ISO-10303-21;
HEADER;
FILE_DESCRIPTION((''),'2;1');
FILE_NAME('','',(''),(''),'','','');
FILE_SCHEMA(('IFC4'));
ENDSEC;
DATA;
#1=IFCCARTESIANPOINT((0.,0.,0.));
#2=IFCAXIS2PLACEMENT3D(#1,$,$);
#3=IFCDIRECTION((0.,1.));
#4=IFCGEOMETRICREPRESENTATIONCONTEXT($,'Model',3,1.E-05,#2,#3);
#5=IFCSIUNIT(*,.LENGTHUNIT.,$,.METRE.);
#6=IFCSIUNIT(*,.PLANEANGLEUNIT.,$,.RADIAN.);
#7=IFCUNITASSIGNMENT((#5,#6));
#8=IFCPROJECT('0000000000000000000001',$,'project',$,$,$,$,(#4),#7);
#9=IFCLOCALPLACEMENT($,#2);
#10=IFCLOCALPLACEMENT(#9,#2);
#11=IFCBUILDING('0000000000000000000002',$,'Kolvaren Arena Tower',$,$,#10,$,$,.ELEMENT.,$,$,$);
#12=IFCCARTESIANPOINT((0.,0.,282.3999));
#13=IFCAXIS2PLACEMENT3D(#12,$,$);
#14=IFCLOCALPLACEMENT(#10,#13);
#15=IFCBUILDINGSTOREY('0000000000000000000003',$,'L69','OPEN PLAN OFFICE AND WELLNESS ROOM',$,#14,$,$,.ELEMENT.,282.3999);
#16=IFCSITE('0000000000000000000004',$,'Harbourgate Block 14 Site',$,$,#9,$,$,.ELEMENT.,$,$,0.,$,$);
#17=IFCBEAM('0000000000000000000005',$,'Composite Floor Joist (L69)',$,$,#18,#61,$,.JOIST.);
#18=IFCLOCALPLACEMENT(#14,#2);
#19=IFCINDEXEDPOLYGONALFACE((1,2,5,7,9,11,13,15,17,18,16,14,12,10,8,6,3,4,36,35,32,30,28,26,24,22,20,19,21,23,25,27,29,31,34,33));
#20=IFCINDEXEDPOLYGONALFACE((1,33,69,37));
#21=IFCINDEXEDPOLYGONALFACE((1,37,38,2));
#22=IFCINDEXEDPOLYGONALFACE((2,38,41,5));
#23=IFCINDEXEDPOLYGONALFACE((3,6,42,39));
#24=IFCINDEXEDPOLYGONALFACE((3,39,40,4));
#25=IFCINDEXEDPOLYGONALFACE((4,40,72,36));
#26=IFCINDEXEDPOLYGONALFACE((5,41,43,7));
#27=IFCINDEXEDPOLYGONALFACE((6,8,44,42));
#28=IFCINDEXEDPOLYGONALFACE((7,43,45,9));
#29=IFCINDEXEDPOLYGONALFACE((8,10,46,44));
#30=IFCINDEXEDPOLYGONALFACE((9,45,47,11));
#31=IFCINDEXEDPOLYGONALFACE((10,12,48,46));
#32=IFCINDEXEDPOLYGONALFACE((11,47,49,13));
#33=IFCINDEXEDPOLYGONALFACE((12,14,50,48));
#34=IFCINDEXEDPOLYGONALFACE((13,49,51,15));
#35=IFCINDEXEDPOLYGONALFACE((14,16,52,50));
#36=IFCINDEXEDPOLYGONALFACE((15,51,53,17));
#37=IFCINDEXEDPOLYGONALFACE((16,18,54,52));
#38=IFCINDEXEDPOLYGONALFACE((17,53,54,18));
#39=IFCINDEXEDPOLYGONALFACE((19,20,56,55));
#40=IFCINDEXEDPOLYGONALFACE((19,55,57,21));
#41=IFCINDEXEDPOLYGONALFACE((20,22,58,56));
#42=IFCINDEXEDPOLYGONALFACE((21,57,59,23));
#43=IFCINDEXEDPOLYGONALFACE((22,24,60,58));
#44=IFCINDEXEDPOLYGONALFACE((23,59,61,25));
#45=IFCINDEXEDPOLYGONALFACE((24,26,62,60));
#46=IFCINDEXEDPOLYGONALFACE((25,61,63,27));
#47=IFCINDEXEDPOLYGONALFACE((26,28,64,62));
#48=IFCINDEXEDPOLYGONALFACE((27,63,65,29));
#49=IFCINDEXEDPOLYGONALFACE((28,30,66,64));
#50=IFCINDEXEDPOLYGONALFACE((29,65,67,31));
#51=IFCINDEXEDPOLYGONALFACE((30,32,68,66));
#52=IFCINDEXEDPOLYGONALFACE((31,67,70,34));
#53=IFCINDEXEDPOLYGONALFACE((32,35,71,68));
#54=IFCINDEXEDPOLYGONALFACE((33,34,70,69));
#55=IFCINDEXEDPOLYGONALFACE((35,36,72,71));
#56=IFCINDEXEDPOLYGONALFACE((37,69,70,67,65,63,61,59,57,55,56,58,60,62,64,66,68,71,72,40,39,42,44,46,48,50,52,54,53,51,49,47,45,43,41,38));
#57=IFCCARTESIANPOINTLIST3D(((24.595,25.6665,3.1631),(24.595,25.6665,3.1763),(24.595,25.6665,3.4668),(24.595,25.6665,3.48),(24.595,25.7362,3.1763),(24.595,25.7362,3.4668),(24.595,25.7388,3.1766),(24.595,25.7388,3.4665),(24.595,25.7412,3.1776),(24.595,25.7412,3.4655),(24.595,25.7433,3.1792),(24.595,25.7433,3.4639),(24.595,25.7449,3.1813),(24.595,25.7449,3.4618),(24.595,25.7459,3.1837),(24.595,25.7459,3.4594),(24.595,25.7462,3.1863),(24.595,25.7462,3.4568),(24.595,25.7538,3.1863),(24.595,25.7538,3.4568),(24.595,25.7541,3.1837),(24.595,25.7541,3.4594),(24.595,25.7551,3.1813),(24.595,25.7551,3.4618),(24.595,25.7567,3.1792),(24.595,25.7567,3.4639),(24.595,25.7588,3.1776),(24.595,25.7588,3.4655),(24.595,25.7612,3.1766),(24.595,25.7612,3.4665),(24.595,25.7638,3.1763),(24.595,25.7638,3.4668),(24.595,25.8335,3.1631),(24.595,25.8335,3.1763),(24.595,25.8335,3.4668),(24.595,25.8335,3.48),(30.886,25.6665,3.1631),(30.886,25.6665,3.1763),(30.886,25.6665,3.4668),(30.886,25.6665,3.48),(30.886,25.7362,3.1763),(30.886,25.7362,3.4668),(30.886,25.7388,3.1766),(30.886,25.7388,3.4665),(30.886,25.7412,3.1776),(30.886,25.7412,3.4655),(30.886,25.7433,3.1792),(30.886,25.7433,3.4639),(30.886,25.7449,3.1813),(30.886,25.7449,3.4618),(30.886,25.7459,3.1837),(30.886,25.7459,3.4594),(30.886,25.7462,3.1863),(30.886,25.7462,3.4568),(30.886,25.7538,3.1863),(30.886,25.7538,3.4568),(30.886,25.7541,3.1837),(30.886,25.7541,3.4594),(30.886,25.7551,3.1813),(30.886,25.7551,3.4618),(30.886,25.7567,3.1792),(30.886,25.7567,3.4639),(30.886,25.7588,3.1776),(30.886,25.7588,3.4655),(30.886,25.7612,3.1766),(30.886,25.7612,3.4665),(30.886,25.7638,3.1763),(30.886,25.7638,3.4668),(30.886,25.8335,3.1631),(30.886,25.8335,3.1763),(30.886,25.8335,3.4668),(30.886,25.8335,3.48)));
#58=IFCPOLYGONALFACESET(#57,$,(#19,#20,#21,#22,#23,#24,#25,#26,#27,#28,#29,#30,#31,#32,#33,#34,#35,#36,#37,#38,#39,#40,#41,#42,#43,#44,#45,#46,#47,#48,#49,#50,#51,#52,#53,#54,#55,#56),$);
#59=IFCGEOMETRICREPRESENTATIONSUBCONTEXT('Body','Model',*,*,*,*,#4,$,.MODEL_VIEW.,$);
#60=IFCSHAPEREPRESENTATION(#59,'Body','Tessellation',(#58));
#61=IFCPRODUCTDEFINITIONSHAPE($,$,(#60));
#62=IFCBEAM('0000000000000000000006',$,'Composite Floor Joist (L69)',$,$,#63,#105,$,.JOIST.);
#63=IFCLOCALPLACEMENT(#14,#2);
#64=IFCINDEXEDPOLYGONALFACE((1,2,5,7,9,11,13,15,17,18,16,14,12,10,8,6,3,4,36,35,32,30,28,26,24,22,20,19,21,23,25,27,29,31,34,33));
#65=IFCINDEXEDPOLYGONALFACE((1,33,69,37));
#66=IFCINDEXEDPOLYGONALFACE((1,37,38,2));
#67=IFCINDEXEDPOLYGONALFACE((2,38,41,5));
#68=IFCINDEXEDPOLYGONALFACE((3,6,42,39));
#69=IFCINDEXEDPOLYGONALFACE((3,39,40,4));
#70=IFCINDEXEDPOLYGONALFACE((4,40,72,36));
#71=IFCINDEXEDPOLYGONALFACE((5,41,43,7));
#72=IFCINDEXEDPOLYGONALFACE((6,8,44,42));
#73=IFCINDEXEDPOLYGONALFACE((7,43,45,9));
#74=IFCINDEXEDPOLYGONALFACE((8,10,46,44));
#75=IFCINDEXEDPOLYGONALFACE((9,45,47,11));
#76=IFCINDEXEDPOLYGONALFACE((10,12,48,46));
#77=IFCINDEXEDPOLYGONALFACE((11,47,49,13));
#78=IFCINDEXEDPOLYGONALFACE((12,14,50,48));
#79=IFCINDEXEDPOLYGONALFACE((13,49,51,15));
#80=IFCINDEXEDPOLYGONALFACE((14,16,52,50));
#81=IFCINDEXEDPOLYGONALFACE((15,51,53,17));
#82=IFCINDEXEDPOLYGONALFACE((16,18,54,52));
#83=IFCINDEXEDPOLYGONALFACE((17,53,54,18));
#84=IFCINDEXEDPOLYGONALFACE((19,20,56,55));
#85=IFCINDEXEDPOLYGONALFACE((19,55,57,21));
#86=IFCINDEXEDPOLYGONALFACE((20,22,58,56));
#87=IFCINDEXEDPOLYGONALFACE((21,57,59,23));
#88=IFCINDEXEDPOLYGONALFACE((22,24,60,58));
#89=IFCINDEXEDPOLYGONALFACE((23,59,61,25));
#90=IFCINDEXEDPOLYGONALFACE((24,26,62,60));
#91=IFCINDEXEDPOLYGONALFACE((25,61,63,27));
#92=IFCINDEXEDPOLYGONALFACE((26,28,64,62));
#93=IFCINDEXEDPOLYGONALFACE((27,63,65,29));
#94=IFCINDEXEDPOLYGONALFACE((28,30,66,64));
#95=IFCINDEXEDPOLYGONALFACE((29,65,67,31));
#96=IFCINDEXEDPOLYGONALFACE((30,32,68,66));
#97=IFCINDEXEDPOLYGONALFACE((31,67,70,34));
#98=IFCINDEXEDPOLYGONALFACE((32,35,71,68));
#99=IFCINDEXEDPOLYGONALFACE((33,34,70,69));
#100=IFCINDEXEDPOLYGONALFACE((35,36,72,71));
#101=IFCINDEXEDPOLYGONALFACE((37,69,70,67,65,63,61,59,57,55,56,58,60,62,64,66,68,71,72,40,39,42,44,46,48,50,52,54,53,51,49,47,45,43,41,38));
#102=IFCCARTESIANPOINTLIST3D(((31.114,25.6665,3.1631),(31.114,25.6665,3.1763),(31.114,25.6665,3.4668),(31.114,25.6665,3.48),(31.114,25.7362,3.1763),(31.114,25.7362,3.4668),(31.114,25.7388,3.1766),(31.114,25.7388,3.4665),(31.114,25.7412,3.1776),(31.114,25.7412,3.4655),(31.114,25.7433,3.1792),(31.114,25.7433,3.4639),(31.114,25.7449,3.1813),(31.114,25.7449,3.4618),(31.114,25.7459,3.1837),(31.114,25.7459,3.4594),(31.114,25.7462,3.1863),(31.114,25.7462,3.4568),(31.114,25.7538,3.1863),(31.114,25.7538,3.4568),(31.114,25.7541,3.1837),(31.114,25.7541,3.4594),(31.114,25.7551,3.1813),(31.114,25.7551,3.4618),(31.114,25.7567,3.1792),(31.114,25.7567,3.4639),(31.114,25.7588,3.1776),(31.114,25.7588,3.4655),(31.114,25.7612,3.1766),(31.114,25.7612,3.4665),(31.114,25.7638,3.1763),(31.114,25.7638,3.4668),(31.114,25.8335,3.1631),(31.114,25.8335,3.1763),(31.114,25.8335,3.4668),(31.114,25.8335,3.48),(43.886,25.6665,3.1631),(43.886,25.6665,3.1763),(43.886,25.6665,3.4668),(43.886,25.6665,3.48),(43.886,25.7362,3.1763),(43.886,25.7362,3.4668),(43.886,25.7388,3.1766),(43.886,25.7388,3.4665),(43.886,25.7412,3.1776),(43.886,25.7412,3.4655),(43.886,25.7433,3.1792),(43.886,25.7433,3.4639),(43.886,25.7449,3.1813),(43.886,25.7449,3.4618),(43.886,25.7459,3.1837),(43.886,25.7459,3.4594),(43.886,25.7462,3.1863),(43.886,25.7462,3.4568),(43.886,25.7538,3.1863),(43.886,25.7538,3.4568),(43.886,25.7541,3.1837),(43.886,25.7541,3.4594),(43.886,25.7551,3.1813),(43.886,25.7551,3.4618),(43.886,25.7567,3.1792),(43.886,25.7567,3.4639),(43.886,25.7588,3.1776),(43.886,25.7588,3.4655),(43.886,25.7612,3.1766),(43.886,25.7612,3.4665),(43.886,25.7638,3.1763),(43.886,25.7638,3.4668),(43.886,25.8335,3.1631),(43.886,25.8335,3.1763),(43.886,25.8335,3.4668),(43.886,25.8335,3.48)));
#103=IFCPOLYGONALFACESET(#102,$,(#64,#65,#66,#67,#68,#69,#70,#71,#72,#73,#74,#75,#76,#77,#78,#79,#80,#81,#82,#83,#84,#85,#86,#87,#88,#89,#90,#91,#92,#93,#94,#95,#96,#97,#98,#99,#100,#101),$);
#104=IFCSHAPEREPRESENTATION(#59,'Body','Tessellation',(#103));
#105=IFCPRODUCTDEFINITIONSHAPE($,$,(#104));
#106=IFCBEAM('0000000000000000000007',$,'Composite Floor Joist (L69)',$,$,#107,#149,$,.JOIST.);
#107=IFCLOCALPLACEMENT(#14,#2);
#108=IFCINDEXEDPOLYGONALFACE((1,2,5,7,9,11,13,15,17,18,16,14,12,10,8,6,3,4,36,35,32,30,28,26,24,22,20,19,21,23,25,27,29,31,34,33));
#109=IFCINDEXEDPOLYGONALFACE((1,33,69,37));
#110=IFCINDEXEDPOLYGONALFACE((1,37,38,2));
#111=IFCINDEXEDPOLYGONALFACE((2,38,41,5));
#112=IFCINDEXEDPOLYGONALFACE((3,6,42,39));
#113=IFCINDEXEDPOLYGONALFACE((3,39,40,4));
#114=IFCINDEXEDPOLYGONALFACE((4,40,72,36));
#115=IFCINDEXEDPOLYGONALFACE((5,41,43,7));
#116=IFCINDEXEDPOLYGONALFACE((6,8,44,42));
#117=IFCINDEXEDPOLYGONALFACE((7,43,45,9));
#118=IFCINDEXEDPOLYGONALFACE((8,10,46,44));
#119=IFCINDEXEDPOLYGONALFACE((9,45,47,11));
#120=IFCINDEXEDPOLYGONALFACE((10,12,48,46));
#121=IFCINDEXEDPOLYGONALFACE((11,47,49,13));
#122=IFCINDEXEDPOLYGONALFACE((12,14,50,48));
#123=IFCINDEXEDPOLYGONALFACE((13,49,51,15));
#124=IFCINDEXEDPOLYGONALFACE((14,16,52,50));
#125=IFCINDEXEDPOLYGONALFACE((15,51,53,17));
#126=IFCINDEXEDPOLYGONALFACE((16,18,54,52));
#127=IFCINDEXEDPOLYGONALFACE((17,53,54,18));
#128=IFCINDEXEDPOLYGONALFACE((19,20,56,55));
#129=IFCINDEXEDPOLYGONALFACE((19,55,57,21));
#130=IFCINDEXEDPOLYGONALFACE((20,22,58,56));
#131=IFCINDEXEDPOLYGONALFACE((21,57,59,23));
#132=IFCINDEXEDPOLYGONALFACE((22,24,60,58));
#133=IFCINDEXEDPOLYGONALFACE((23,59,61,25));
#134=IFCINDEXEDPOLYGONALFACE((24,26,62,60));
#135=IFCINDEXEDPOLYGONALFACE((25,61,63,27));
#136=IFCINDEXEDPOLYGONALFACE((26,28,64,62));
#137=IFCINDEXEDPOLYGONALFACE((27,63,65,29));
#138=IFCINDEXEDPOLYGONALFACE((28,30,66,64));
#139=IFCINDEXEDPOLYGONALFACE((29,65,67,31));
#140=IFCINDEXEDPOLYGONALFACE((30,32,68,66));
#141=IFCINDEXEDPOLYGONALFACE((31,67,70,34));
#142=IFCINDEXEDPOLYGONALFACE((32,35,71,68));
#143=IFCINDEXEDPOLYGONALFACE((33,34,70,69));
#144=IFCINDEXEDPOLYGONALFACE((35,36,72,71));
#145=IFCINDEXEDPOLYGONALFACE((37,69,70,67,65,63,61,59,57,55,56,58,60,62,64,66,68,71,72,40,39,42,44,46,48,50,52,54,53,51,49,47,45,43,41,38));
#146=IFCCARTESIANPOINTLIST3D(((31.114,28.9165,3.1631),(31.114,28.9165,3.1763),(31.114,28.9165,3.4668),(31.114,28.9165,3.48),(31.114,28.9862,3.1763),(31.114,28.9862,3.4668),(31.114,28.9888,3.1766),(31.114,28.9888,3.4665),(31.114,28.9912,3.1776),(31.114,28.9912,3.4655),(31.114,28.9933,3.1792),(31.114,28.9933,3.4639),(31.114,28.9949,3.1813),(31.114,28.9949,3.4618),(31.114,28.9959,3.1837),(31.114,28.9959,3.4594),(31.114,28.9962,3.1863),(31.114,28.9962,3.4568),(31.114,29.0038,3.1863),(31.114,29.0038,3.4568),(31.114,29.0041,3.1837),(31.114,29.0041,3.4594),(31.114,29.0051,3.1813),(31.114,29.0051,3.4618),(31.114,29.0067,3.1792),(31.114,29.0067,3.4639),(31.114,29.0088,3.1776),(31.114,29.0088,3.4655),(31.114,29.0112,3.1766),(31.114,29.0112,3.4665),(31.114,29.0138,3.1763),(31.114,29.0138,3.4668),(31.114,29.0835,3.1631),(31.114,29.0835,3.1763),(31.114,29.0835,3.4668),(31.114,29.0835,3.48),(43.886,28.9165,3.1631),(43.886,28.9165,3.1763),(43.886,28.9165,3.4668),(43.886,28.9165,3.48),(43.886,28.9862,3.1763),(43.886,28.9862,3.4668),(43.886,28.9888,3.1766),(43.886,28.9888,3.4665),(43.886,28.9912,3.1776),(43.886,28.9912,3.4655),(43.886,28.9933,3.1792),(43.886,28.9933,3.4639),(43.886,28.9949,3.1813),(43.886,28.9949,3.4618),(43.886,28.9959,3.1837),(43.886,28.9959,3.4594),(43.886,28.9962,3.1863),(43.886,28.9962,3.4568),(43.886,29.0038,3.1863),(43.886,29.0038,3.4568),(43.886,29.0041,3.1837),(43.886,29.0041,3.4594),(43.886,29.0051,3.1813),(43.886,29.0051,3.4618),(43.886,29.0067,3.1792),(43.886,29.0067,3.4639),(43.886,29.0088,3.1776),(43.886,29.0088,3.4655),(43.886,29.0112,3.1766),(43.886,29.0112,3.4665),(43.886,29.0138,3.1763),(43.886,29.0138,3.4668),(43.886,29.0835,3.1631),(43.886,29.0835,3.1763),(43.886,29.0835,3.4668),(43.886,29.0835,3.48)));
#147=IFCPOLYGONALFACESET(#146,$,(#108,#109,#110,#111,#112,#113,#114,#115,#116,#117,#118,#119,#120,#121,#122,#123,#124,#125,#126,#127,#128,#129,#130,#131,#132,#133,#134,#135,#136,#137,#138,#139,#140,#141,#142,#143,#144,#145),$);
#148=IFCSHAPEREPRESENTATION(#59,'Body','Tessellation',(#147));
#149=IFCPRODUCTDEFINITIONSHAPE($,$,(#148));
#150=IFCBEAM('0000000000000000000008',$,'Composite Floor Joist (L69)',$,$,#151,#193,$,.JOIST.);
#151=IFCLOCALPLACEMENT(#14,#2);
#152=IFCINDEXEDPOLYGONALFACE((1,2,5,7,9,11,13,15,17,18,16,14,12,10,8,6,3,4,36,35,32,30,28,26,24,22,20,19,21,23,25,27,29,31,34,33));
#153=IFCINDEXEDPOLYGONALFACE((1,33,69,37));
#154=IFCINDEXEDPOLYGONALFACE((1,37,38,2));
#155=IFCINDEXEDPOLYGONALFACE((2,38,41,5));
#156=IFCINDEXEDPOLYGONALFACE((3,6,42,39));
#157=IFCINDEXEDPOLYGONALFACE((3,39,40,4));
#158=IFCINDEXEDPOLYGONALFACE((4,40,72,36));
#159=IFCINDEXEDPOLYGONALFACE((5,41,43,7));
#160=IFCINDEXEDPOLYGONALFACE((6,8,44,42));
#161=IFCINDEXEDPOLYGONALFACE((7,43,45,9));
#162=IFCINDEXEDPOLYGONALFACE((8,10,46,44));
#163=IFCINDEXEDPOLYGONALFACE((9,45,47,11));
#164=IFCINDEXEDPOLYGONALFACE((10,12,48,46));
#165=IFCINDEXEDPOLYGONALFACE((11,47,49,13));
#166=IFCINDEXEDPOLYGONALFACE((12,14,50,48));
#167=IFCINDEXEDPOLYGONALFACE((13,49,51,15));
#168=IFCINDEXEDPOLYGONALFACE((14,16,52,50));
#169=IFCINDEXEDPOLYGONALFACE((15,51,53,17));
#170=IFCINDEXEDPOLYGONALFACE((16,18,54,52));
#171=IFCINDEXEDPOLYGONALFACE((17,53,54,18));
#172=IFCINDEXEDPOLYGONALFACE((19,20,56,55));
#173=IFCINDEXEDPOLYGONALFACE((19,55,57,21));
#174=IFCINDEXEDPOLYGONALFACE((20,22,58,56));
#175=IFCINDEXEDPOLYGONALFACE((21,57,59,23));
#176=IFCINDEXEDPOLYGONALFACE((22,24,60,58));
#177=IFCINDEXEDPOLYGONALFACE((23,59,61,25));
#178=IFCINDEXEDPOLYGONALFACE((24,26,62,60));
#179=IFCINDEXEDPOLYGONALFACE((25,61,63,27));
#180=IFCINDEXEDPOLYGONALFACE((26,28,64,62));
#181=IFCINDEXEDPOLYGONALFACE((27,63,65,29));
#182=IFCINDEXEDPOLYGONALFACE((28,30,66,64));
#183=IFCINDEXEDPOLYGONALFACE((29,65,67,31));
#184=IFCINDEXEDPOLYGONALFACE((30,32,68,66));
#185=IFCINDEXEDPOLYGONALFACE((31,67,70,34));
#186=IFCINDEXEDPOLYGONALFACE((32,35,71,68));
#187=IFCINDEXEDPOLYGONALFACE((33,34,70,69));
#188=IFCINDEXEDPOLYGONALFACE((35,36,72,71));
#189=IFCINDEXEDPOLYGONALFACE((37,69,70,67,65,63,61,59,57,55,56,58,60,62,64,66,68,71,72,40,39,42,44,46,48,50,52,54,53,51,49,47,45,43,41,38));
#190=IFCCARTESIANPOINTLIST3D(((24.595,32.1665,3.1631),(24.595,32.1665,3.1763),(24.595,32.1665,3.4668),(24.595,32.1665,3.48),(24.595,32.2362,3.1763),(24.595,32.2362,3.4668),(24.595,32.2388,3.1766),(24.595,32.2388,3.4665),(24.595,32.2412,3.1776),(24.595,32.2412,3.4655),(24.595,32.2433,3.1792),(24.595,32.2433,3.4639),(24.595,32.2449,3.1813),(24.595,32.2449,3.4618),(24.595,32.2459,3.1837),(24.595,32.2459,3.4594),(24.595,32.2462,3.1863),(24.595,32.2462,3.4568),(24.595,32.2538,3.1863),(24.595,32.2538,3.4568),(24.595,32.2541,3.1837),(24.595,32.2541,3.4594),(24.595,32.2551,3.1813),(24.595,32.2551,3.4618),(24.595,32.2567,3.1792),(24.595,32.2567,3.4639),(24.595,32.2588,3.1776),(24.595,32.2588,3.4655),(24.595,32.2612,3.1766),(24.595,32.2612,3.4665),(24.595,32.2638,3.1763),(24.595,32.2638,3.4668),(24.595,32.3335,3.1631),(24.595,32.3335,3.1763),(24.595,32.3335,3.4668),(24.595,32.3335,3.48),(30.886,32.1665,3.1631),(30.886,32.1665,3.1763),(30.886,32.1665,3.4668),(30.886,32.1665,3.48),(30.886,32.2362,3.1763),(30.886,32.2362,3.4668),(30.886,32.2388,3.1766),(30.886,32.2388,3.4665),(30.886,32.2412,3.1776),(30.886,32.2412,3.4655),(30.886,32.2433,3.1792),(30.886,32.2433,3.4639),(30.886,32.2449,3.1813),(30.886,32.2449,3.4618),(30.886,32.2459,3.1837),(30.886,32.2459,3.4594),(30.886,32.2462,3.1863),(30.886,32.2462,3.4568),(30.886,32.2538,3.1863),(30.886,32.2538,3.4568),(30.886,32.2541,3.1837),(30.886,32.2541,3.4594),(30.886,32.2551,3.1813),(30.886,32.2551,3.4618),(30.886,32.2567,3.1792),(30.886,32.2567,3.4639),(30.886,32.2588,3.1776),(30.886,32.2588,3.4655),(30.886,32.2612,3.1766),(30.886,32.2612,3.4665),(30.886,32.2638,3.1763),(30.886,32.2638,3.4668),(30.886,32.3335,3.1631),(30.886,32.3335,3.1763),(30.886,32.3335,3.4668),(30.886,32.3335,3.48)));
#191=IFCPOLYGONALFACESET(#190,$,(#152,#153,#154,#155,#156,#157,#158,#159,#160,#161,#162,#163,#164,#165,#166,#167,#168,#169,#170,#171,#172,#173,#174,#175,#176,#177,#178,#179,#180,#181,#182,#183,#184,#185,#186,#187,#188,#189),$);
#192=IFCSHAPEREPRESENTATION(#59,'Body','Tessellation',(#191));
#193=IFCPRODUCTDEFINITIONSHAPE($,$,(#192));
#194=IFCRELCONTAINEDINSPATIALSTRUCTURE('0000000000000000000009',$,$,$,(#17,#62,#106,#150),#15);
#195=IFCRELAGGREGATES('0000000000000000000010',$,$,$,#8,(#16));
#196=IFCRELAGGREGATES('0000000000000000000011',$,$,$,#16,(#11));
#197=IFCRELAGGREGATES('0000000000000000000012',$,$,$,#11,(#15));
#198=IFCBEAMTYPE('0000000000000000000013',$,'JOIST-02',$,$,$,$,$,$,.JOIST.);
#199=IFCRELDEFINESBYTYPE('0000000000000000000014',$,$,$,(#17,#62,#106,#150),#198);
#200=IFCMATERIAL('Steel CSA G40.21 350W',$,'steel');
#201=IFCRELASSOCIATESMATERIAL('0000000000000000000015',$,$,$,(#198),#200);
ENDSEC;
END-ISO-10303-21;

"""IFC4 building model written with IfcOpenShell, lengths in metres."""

from ifc_helpers import new_model, si_unit, direction, frame, origin, origin_2d, place, context, subcontext, project, spatial, i_section, extrude, material, material_profile, profile_set, type_object, element, save


model = new_model("IFC4")

# Units and contexts
model_context = context("Model", 3, precision=1e-05, world=origin(), true_north=direction((0.0, 1.0)))
body_context = subcontext(model_context, "Body", "Model", "MODEL_VIEW")
ifc_project = project(units=[si_unit("LENGTHUNIT", "METRE"), si_unit("PLANEANGLEUNIT", "RADIAN")], contexts=[model_context])

# Site, building, storey
site_placement = place(None, origin())
site = spatial("IfcSite", under=ifc_project, at=site_placement, Name="Harbourgate Block 14 Site", CompositionType="ELEMENT", RefElevation=0.0)
building_placement = place(site_placement, origin())
building = spatial("IfcBuilding", under=site, at=building_placement, Name="Kolvaren Arena Tower", CompositionType="ELEMENT")
storey_placement = place(building_placement, frame((0.0, 0.0, 282.3999)))
storey = spatial("IfcBuildingStorey", under=building, at=storey_placement, Name="L69", Description="OPEN PLAN OFFICE AND WELLNESS ROOM", CompositionType="ELEMENT", Elevation=282.3999)

# Beams
ifc_material_1 = material(Name="Steel CSA G40.21 350W", Category="steel")
ifc_material_profile_1 = material_profile(ifc_material_1, i_section(OverallWidth=0.167, OverallDepth=0.3169, WebThickness=0.0076, FlangeThickness=0.0132, FilletRadius=0.01, at=origin_2d()), Name="W310x52")
ifc_profile_set_1 = profile_set([ifc_material_profile_1], Name="Steel CSA G40.21 350W")
beam_type_1 = type_object("IfcBeamType", Name="JOIST-02", PredefinedType="JOIST", material=ifc_profile_set_1)
beam_1_placement = place(storey_placement, frame((24.595, 25.75, 3.3215), z_axis=(1.0, 0.0, 0.0), x_axis=(0.0, 1.0, 0.0)))
element("IfcBeam", 1, at=beam_1_placement, inside=storey, type_object=beam_type_1, Name="Composite Floor Joist (L69)", PredefinedType="JOIST", context=body_context, shape_type="SweptSolid", body=[
    extrude(i_section(OverallWidth=0.167, OverallDepth=0.3169, WebThickness=0.0076, FlangeThickness=0.0132, FilletRadius=0.01, at=origin_2d()), origin(), (0.0, 0.0, 1.0), 6.291),
])
for number, where, z_axis, x_axis, name in (
    (2, (31.114, 25.75, 3.3215), (1.0, 0.0, 0.0), (0.0, 1.0, 0.0), "Composite Floor Joist (L69)"),
    (3, (31.114, 29.0, 3.3215), (1.0, 0.0, 0.0), (0.0, 1.0, 0.0), "Composite Floor Joist (L69)"),
):
    element("IfcBeam", number, at=place(storey_placement, frame(where, z_axis=z_axis, x_axis=x_axis)), inside=storey, type_object=beam_type_1, Name=name, PredefinedType="JOIST", context=body_context, shape_type="SweptSolid", body=[
        extrude(i_section(OverallWidth=0.167, OverallDepth=0.3169, WebThickness=0.0076, FlangeThickness=0.0132, FilletRadius=0.01, at=origin_2d()), origin(), (0.0, 0.0, 1.0), 12.772),
    ])
beam_2_placement = place(storey_placement, frame((24.595, 32.25, 3.3215), z_axis=(1.0, 0.0, 0.0), x_axis=(0.0, 1.0, 0.0)))
element("IfcBeam", 4, at=beam_2_placement, inside=storey, type_object=beam_type_1, Name="Composite Floor Joist (L69)", PredefinedType="JOIST", context=body_context, shape_type="SweptSolid", body=[
    extrude(i_section(OverallWidth=0.167, OverallDepth=0.3169, WebThickness=0.0076, FlangeThickness=0.0132, FilletRadius=0.01, at=origin_2d()), origin(), (0.0, 0.0, 1.0), 6.291),
])

save(model, "model.ifc")
